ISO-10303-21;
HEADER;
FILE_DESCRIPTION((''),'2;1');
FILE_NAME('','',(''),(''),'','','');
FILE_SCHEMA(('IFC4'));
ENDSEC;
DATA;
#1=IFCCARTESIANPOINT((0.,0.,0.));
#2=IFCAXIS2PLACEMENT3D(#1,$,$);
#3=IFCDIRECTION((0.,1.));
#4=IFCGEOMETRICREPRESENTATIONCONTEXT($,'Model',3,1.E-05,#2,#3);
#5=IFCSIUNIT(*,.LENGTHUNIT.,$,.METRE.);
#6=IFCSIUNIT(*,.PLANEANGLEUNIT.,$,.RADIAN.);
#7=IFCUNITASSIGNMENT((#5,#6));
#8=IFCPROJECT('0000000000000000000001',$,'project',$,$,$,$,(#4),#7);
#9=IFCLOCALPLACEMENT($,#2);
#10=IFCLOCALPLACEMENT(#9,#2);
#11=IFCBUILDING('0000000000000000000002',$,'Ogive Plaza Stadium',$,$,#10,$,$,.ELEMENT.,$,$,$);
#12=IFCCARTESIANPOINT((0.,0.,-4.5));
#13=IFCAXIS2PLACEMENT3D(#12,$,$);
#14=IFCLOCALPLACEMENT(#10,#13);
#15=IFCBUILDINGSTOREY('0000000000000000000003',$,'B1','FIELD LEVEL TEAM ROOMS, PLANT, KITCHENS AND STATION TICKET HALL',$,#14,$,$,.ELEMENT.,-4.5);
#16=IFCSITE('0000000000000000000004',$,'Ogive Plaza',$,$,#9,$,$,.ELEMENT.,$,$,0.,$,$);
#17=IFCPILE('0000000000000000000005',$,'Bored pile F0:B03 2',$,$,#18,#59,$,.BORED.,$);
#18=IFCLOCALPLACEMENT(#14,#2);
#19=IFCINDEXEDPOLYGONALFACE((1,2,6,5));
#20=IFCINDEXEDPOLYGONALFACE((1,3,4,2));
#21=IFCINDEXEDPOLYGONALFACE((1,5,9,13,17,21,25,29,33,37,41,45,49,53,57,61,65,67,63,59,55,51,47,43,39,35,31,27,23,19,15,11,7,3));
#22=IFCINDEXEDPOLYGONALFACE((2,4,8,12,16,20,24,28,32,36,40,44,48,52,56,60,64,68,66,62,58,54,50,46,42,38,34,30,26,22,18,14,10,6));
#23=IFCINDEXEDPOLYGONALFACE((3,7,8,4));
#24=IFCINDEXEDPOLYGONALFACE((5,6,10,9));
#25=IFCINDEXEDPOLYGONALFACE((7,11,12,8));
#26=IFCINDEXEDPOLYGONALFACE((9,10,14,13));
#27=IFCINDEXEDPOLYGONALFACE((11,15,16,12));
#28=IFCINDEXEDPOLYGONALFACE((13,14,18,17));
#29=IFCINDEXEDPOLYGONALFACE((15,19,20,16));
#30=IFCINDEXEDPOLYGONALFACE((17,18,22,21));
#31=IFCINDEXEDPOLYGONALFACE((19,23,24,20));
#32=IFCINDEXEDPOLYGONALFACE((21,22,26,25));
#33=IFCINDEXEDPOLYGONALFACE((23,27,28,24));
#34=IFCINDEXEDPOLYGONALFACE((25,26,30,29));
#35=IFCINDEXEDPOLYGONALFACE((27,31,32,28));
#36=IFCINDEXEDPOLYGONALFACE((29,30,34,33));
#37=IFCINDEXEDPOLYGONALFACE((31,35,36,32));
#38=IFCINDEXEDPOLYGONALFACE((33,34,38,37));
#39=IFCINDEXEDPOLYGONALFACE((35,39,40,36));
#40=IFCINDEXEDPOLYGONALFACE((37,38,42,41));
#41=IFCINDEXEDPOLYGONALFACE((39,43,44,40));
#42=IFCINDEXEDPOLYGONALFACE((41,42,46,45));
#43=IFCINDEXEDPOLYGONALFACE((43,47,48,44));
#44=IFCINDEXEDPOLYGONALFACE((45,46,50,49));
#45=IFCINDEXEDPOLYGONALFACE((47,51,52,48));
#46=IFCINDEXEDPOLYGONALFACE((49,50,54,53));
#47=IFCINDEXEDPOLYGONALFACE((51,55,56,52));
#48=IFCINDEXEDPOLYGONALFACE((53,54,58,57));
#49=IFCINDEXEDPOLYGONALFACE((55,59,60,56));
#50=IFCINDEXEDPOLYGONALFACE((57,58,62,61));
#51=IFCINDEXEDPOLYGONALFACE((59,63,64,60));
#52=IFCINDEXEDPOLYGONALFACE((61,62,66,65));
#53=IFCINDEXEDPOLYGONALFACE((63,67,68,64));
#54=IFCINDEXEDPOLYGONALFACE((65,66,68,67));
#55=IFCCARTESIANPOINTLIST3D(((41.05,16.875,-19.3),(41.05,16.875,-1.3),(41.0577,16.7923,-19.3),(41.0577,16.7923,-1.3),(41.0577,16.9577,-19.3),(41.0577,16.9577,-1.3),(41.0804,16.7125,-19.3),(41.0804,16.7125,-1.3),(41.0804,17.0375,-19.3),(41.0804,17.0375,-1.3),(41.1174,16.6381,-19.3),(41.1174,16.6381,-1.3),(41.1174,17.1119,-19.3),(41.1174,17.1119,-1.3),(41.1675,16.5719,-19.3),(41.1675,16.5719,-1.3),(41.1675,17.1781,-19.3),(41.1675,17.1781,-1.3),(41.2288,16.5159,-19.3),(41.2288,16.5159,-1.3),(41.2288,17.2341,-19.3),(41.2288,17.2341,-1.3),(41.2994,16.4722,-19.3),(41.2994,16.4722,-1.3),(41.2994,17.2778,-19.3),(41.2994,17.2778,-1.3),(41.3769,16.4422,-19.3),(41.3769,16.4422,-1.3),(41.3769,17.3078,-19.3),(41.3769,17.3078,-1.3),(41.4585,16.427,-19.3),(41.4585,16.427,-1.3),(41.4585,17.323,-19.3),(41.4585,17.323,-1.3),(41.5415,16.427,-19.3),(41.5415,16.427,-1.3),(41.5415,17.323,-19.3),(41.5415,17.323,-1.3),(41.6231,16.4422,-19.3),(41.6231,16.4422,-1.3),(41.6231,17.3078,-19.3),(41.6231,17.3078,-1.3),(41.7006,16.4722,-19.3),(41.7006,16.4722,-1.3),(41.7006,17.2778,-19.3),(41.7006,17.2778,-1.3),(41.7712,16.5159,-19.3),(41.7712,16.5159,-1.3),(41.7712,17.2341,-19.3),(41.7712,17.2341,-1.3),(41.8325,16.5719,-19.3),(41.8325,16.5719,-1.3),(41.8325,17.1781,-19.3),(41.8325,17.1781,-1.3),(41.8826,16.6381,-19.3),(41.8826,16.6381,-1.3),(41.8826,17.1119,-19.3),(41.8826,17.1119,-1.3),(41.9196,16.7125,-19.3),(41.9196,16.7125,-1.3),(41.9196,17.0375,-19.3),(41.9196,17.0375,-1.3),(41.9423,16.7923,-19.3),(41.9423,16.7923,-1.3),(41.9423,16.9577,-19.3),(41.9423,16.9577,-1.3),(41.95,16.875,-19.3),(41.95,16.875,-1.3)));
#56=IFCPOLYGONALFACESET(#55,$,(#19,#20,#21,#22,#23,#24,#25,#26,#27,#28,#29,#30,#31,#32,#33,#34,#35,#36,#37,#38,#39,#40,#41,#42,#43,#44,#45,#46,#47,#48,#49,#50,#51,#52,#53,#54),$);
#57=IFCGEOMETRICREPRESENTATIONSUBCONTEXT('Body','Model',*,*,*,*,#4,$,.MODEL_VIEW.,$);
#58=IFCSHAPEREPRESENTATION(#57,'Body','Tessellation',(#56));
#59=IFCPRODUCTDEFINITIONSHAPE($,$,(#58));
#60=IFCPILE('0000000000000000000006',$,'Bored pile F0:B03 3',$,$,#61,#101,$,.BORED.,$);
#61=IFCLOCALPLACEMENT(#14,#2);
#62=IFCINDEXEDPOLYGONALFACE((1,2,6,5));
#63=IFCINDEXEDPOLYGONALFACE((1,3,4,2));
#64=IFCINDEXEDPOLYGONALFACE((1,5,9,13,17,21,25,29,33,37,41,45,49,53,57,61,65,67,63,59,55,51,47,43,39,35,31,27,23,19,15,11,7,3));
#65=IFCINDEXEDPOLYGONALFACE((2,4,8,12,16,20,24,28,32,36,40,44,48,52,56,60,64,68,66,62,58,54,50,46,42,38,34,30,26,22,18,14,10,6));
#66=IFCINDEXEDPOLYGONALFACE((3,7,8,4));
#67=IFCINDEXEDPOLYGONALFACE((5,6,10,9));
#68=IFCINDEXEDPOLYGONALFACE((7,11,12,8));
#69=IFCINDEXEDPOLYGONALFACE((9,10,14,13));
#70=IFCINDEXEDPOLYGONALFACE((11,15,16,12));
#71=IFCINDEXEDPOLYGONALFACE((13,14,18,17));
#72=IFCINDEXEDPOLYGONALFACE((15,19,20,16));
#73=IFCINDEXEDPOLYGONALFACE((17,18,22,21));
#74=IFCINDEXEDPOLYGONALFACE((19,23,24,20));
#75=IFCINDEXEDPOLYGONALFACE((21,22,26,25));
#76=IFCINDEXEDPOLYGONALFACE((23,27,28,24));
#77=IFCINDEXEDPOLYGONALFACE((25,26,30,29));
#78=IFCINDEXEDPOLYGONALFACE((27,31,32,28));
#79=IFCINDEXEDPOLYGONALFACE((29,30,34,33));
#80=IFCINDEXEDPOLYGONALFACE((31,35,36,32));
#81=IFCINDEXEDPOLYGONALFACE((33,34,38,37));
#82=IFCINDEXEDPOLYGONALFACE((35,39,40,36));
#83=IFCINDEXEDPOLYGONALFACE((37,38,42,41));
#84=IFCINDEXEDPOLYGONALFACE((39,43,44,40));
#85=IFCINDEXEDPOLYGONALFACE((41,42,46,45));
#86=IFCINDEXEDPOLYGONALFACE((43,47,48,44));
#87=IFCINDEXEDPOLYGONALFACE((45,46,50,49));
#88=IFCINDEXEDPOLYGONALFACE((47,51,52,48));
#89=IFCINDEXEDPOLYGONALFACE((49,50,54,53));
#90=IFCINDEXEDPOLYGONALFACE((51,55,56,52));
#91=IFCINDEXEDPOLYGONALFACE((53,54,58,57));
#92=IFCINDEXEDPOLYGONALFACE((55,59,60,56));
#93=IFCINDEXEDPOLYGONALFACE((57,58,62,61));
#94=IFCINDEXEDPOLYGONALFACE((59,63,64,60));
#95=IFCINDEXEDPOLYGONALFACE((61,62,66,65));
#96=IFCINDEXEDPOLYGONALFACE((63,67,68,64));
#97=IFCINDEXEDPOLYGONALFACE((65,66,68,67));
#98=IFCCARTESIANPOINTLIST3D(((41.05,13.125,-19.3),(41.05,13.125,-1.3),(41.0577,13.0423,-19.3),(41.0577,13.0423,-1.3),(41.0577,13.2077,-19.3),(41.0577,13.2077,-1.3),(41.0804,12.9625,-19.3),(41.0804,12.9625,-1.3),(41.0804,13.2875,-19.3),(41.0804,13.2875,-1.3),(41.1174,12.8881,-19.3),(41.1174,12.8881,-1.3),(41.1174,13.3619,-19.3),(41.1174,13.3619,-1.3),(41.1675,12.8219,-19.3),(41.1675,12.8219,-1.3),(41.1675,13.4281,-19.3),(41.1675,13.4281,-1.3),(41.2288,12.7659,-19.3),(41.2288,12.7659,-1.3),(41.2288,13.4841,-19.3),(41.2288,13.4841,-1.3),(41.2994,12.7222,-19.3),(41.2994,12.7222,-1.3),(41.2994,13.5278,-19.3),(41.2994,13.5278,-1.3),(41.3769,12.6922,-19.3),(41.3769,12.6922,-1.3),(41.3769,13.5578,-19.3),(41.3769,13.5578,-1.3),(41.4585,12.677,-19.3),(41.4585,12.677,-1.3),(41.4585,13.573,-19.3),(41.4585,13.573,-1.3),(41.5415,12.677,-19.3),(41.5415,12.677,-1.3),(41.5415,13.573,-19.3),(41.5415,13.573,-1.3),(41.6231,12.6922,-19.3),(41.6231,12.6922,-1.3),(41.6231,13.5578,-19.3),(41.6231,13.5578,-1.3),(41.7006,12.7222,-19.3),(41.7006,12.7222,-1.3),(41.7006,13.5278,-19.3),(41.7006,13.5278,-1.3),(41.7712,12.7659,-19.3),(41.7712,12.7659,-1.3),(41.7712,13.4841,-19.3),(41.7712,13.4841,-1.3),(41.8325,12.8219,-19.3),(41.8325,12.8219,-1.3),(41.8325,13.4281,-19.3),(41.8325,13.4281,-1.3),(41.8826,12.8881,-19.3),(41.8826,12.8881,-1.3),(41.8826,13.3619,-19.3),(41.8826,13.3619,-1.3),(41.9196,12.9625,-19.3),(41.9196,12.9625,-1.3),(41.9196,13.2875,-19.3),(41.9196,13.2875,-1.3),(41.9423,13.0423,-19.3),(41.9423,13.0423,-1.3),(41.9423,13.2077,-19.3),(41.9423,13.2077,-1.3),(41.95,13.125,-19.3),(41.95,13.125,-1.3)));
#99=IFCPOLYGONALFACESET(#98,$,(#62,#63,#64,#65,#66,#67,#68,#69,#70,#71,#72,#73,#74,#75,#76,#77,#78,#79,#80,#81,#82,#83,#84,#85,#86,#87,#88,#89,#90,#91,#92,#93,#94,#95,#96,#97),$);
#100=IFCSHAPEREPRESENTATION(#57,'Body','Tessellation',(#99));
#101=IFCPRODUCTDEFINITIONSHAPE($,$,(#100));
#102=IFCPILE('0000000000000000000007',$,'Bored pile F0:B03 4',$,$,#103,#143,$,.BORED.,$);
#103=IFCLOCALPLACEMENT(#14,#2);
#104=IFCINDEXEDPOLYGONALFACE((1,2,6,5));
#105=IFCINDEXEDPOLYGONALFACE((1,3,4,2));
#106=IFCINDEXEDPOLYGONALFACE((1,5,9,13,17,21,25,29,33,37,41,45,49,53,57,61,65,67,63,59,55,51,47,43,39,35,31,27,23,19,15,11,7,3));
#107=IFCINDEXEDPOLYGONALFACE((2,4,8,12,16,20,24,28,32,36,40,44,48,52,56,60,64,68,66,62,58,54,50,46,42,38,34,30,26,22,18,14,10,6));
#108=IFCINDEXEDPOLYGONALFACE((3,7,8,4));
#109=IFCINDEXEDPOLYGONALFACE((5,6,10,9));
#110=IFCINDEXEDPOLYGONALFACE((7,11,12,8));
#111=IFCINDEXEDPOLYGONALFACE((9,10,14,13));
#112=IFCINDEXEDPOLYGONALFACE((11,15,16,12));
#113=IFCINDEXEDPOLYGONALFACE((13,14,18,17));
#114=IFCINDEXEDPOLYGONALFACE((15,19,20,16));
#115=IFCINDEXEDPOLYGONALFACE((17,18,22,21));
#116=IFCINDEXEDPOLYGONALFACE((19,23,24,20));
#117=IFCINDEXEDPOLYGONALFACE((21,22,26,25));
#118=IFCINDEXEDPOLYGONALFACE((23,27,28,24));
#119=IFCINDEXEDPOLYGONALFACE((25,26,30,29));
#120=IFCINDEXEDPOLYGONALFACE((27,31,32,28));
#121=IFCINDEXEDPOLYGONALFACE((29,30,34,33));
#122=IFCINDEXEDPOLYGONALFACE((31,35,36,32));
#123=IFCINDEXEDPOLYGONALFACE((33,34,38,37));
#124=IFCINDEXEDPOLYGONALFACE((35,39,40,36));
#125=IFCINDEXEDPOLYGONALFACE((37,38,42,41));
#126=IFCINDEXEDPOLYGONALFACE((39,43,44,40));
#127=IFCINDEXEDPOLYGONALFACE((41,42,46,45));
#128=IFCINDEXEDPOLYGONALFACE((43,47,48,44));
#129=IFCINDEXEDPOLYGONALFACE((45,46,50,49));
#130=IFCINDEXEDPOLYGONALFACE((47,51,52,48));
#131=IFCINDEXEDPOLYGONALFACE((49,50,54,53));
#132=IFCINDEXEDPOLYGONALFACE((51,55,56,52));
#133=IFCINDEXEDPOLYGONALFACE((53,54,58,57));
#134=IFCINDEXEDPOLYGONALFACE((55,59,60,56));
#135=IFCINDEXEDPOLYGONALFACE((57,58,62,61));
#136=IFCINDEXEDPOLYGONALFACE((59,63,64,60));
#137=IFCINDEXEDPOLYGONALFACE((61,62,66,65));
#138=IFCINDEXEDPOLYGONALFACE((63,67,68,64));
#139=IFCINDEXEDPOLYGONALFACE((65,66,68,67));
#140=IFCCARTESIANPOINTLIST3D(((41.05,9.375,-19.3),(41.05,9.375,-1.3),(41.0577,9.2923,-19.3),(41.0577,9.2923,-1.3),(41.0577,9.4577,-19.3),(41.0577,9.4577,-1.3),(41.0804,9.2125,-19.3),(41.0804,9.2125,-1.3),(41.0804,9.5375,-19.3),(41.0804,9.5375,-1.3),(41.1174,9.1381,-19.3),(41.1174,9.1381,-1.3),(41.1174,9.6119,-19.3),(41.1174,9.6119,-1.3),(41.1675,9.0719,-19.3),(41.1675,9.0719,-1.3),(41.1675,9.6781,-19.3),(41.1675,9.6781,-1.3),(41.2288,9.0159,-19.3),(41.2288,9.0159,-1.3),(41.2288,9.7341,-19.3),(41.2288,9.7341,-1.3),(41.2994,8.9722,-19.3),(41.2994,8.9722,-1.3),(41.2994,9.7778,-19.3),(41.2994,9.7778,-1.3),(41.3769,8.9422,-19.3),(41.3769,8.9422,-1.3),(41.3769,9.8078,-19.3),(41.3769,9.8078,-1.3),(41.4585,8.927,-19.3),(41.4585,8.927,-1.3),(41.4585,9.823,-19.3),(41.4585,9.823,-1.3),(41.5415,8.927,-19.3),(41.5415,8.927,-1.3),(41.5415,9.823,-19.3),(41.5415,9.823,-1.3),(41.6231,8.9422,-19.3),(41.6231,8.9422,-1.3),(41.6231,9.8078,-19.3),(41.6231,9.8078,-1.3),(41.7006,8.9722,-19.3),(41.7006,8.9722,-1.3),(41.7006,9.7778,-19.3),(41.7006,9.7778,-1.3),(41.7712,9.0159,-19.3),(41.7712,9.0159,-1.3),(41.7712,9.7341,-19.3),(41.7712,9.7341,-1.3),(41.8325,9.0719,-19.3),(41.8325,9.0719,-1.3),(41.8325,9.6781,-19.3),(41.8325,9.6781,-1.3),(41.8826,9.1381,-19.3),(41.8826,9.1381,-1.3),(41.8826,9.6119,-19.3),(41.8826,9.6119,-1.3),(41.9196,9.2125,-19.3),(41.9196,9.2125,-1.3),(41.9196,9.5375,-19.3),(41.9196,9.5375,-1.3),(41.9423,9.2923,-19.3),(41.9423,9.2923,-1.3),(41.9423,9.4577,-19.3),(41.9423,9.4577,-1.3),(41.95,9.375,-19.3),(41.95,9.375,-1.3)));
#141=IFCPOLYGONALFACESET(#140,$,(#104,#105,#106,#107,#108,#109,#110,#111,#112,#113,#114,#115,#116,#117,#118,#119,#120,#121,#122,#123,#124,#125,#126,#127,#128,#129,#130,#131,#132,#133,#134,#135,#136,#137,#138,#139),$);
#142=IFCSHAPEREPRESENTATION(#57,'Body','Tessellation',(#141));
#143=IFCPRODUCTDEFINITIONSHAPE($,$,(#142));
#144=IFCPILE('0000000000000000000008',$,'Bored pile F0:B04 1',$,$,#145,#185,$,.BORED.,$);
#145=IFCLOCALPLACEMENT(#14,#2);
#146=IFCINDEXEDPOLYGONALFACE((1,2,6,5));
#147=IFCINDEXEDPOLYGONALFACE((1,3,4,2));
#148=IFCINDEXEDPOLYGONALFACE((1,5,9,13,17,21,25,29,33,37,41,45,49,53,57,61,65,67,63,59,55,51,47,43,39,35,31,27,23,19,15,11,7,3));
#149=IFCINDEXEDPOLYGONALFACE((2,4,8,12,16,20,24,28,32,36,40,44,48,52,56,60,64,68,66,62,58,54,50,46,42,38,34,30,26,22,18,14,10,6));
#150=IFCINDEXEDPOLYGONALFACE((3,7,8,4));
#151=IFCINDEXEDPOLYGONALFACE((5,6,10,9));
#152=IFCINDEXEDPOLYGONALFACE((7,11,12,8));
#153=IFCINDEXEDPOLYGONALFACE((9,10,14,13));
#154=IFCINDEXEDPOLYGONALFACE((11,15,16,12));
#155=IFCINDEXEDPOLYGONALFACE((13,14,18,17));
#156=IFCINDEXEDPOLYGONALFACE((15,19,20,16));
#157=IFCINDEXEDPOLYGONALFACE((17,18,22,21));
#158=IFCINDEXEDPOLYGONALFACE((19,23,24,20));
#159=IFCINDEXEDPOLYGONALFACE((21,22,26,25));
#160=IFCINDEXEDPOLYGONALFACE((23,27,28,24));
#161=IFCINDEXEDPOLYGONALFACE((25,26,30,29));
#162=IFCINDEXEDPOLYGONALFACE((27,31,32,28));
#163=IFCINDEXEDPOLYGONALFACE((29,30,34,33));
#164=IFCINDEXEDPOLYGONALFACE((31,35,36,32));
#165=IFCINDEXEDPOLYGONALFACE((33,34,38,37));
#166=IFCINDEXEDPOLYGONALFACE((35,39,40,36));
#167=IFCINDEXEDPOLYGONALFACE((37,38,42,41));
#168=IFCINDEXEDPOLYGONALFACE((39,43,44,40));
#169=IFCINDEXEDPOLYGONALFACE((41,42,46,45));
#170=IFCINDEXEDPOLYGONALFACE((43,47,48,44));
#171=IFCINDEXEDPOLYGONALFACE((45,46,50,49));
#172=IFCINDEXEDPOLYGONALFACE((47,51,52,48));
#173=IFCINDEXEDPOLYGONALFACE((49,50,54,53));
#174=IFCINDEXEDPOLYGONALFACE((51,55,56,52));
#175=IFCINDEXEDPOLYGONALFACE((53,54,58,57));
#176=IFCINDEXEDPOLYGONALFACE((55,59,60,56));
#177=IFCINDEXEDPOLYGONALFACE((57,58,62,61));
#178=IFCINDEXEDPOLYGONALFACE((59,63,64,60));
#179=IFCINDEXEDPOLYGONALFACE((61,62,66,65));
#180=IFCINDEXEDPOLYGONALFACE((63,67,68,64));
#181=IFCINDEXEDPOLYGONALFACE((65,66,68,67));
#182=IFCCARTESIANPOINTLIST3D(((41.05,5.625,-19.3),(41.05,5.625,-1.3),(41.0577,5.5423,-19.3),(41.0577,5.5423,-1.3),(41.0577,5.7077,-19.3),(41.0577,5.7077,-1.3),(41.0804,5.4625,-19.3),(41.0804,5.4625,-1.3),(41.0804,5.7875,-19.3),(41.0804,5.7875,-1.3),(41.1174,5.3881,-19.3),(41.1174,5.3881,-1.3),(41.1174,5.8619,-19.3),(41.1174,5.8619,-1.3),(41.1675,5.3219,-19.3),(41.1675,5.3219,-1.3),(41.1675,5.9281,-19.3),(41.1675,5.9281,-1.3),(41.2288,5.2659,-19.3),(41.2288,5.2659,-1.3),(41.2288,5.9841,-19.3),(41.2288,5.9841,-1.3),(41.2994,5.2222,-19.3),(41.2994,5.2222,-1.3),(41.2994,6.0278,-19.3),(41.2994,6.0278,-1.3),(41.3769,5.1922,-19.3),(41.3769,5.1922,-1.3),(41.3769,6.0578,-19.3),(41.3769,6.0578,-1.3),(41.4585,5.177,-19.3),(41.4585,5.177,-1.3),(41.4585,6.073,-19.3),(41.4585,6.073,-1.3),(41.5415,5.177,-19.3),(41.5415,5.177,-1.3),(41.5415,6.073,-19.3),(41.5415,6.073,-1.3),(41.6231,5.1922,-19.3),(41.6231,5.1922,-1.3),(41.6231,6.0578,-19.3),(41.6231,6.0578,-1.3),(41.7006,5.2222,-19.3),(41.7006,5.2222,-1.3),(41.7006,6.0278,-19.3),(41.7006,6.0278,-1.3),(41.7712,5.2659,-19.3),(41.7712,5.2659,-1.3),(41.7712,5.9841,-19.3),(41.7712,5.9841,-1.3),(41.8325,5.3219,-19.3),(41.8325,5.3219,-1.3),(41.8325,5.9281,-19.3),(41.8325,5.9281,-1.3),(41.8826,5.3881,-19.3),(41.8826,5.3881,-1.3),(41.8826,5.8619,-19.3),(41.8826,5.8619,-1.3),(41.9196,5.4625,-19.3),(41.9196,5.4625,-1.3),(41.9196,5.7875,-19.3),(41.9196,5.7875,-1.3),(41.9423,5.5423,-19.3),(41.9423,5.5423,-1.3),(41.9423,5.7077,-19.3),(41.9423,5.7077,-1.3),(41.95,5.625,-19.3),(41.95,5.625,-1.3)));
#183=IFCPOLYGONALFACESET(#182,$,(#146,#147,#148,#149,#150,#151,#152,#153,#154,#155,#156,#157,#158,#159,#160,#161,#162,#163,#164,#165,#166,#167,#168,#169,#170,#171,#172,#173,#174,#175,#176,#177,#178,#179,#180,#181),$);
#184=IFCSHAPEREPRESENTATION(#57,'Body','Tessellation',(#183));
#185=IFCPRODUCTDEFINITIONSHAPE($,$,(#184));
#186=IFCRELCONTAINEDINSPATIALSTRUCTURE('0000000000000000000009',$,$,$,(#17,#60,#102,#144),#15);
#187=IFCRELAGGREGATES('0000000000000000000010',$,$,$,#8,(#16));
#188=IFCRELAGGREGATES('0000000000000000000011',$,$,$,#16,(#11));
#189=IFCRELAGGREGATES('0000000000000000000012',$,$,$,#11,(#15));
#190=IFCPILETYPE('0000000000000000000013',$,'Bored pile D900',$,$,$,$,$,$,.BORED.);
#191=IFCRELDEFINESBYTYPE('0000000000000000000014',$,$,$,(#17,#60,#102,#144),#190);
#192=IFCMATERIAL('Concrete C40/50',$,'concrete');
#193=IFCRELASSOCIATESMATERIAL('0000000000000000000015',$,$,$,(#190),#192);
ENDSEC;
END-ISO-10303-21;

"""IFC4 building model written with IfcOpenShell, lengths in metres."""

from ifc_helpers import new_model, si_unit, direction, frame, origin, origin_2d, place, context, subcontext, project, spatial, circle, extrude, material, material_profile, profile_set, type_object, element, save


model = new_model("IFC4")

# Units and contexts
model_context = context("Model", 3, precision=1e-05, world=origin(), true_north=direction((0.0, 1.0)))
body_context = subcontext(model_context, "Body", "Model", "MODEL_VIEW")
ifc_project = project(units=[si_unit("LENGTHUNIT", "METRE"), si_unit("PLANEANGLEUNIT", "RADIAN")], contexts=[model_context])

# Site, building, storey
site_placement = place(None, origin())
site = spatial("IfcSite", under=ifc_project, at=site_placement, Name="Ogive Plaza", CompositionType="ELEMENT", RefElevation=0.0)
building_placement = place(site_placement, origin())
building = spatial("IfcBuilding", under=site, at=building_placement, Name="Ogive Plaza Stadium", CompositionType="ELEMENT")
storey_placement = place(building_placement, frame((0.0, 0.0, -4.5)))
storey = spatial("IfcBuildingStorey", under=building, at=storey_placement, Name="B1", Description="FIELD LEVEL TEAM ROOMS, PLANT, KITCHENS AND STATION TICKET HALL", CompositionType="ELEMENT", Elevation=-4.5)

# Piles
ifc_material_1 = material(Name="Concrete C40/50", Category="concrete")
ifc_material_profile_1 = material_profile(ifc_material_1, circle(Radius=0.45, at=origin_2d()), Name="RC D900")
ifc_profile_set_1 = profile_set([ifc_material_profile_1], Name="Concrete C40/50")
pile_type = type_object("IfcPileType", Name="Bored pile D900", PredefinedType="BORED", material=ifc_profile_set_1)
for number, where, z_axis, x_axis, name in (
    (1, (41.5, 16.875, -1.3), (0.0, 0.0, -1.0), (1.0, 0.0, 0.0), "Bored pile F0:B03 2"),
    (2, (41.5, 13.125, -1.3), (0.0, 0.0, -1.0), (1.0, 0.0, 0.0), "Bored pile F0:B03 3"),
    (3, (41.5, 9.375, -1.3), (0.0, 0.0, -1.0), (1.0, 0.0, 0.0), "Bored pile F0:B03 4"),
    (4, (41.5, 5.625, -1.3), (0.0, 0.0, -1.0), (1.0, 0.0, 0.0), "Bored pile F0:B04 1"),
):
    element("IfcPile", number, at=place(storey_placement, frame(where, z_axis=z_axis, x_axis=x_axis)), inside=storey, type_object=pile_type, Name=name, PredefinedType="BORED", context=body_context, shape_type="SweptSolid", body=[
        extrude(circle(Radius=0.45, at=origin_2d()), origin(), (0.0, 0.0, 1.0), 18.0),
    ])

save(model, "model.ifc")
